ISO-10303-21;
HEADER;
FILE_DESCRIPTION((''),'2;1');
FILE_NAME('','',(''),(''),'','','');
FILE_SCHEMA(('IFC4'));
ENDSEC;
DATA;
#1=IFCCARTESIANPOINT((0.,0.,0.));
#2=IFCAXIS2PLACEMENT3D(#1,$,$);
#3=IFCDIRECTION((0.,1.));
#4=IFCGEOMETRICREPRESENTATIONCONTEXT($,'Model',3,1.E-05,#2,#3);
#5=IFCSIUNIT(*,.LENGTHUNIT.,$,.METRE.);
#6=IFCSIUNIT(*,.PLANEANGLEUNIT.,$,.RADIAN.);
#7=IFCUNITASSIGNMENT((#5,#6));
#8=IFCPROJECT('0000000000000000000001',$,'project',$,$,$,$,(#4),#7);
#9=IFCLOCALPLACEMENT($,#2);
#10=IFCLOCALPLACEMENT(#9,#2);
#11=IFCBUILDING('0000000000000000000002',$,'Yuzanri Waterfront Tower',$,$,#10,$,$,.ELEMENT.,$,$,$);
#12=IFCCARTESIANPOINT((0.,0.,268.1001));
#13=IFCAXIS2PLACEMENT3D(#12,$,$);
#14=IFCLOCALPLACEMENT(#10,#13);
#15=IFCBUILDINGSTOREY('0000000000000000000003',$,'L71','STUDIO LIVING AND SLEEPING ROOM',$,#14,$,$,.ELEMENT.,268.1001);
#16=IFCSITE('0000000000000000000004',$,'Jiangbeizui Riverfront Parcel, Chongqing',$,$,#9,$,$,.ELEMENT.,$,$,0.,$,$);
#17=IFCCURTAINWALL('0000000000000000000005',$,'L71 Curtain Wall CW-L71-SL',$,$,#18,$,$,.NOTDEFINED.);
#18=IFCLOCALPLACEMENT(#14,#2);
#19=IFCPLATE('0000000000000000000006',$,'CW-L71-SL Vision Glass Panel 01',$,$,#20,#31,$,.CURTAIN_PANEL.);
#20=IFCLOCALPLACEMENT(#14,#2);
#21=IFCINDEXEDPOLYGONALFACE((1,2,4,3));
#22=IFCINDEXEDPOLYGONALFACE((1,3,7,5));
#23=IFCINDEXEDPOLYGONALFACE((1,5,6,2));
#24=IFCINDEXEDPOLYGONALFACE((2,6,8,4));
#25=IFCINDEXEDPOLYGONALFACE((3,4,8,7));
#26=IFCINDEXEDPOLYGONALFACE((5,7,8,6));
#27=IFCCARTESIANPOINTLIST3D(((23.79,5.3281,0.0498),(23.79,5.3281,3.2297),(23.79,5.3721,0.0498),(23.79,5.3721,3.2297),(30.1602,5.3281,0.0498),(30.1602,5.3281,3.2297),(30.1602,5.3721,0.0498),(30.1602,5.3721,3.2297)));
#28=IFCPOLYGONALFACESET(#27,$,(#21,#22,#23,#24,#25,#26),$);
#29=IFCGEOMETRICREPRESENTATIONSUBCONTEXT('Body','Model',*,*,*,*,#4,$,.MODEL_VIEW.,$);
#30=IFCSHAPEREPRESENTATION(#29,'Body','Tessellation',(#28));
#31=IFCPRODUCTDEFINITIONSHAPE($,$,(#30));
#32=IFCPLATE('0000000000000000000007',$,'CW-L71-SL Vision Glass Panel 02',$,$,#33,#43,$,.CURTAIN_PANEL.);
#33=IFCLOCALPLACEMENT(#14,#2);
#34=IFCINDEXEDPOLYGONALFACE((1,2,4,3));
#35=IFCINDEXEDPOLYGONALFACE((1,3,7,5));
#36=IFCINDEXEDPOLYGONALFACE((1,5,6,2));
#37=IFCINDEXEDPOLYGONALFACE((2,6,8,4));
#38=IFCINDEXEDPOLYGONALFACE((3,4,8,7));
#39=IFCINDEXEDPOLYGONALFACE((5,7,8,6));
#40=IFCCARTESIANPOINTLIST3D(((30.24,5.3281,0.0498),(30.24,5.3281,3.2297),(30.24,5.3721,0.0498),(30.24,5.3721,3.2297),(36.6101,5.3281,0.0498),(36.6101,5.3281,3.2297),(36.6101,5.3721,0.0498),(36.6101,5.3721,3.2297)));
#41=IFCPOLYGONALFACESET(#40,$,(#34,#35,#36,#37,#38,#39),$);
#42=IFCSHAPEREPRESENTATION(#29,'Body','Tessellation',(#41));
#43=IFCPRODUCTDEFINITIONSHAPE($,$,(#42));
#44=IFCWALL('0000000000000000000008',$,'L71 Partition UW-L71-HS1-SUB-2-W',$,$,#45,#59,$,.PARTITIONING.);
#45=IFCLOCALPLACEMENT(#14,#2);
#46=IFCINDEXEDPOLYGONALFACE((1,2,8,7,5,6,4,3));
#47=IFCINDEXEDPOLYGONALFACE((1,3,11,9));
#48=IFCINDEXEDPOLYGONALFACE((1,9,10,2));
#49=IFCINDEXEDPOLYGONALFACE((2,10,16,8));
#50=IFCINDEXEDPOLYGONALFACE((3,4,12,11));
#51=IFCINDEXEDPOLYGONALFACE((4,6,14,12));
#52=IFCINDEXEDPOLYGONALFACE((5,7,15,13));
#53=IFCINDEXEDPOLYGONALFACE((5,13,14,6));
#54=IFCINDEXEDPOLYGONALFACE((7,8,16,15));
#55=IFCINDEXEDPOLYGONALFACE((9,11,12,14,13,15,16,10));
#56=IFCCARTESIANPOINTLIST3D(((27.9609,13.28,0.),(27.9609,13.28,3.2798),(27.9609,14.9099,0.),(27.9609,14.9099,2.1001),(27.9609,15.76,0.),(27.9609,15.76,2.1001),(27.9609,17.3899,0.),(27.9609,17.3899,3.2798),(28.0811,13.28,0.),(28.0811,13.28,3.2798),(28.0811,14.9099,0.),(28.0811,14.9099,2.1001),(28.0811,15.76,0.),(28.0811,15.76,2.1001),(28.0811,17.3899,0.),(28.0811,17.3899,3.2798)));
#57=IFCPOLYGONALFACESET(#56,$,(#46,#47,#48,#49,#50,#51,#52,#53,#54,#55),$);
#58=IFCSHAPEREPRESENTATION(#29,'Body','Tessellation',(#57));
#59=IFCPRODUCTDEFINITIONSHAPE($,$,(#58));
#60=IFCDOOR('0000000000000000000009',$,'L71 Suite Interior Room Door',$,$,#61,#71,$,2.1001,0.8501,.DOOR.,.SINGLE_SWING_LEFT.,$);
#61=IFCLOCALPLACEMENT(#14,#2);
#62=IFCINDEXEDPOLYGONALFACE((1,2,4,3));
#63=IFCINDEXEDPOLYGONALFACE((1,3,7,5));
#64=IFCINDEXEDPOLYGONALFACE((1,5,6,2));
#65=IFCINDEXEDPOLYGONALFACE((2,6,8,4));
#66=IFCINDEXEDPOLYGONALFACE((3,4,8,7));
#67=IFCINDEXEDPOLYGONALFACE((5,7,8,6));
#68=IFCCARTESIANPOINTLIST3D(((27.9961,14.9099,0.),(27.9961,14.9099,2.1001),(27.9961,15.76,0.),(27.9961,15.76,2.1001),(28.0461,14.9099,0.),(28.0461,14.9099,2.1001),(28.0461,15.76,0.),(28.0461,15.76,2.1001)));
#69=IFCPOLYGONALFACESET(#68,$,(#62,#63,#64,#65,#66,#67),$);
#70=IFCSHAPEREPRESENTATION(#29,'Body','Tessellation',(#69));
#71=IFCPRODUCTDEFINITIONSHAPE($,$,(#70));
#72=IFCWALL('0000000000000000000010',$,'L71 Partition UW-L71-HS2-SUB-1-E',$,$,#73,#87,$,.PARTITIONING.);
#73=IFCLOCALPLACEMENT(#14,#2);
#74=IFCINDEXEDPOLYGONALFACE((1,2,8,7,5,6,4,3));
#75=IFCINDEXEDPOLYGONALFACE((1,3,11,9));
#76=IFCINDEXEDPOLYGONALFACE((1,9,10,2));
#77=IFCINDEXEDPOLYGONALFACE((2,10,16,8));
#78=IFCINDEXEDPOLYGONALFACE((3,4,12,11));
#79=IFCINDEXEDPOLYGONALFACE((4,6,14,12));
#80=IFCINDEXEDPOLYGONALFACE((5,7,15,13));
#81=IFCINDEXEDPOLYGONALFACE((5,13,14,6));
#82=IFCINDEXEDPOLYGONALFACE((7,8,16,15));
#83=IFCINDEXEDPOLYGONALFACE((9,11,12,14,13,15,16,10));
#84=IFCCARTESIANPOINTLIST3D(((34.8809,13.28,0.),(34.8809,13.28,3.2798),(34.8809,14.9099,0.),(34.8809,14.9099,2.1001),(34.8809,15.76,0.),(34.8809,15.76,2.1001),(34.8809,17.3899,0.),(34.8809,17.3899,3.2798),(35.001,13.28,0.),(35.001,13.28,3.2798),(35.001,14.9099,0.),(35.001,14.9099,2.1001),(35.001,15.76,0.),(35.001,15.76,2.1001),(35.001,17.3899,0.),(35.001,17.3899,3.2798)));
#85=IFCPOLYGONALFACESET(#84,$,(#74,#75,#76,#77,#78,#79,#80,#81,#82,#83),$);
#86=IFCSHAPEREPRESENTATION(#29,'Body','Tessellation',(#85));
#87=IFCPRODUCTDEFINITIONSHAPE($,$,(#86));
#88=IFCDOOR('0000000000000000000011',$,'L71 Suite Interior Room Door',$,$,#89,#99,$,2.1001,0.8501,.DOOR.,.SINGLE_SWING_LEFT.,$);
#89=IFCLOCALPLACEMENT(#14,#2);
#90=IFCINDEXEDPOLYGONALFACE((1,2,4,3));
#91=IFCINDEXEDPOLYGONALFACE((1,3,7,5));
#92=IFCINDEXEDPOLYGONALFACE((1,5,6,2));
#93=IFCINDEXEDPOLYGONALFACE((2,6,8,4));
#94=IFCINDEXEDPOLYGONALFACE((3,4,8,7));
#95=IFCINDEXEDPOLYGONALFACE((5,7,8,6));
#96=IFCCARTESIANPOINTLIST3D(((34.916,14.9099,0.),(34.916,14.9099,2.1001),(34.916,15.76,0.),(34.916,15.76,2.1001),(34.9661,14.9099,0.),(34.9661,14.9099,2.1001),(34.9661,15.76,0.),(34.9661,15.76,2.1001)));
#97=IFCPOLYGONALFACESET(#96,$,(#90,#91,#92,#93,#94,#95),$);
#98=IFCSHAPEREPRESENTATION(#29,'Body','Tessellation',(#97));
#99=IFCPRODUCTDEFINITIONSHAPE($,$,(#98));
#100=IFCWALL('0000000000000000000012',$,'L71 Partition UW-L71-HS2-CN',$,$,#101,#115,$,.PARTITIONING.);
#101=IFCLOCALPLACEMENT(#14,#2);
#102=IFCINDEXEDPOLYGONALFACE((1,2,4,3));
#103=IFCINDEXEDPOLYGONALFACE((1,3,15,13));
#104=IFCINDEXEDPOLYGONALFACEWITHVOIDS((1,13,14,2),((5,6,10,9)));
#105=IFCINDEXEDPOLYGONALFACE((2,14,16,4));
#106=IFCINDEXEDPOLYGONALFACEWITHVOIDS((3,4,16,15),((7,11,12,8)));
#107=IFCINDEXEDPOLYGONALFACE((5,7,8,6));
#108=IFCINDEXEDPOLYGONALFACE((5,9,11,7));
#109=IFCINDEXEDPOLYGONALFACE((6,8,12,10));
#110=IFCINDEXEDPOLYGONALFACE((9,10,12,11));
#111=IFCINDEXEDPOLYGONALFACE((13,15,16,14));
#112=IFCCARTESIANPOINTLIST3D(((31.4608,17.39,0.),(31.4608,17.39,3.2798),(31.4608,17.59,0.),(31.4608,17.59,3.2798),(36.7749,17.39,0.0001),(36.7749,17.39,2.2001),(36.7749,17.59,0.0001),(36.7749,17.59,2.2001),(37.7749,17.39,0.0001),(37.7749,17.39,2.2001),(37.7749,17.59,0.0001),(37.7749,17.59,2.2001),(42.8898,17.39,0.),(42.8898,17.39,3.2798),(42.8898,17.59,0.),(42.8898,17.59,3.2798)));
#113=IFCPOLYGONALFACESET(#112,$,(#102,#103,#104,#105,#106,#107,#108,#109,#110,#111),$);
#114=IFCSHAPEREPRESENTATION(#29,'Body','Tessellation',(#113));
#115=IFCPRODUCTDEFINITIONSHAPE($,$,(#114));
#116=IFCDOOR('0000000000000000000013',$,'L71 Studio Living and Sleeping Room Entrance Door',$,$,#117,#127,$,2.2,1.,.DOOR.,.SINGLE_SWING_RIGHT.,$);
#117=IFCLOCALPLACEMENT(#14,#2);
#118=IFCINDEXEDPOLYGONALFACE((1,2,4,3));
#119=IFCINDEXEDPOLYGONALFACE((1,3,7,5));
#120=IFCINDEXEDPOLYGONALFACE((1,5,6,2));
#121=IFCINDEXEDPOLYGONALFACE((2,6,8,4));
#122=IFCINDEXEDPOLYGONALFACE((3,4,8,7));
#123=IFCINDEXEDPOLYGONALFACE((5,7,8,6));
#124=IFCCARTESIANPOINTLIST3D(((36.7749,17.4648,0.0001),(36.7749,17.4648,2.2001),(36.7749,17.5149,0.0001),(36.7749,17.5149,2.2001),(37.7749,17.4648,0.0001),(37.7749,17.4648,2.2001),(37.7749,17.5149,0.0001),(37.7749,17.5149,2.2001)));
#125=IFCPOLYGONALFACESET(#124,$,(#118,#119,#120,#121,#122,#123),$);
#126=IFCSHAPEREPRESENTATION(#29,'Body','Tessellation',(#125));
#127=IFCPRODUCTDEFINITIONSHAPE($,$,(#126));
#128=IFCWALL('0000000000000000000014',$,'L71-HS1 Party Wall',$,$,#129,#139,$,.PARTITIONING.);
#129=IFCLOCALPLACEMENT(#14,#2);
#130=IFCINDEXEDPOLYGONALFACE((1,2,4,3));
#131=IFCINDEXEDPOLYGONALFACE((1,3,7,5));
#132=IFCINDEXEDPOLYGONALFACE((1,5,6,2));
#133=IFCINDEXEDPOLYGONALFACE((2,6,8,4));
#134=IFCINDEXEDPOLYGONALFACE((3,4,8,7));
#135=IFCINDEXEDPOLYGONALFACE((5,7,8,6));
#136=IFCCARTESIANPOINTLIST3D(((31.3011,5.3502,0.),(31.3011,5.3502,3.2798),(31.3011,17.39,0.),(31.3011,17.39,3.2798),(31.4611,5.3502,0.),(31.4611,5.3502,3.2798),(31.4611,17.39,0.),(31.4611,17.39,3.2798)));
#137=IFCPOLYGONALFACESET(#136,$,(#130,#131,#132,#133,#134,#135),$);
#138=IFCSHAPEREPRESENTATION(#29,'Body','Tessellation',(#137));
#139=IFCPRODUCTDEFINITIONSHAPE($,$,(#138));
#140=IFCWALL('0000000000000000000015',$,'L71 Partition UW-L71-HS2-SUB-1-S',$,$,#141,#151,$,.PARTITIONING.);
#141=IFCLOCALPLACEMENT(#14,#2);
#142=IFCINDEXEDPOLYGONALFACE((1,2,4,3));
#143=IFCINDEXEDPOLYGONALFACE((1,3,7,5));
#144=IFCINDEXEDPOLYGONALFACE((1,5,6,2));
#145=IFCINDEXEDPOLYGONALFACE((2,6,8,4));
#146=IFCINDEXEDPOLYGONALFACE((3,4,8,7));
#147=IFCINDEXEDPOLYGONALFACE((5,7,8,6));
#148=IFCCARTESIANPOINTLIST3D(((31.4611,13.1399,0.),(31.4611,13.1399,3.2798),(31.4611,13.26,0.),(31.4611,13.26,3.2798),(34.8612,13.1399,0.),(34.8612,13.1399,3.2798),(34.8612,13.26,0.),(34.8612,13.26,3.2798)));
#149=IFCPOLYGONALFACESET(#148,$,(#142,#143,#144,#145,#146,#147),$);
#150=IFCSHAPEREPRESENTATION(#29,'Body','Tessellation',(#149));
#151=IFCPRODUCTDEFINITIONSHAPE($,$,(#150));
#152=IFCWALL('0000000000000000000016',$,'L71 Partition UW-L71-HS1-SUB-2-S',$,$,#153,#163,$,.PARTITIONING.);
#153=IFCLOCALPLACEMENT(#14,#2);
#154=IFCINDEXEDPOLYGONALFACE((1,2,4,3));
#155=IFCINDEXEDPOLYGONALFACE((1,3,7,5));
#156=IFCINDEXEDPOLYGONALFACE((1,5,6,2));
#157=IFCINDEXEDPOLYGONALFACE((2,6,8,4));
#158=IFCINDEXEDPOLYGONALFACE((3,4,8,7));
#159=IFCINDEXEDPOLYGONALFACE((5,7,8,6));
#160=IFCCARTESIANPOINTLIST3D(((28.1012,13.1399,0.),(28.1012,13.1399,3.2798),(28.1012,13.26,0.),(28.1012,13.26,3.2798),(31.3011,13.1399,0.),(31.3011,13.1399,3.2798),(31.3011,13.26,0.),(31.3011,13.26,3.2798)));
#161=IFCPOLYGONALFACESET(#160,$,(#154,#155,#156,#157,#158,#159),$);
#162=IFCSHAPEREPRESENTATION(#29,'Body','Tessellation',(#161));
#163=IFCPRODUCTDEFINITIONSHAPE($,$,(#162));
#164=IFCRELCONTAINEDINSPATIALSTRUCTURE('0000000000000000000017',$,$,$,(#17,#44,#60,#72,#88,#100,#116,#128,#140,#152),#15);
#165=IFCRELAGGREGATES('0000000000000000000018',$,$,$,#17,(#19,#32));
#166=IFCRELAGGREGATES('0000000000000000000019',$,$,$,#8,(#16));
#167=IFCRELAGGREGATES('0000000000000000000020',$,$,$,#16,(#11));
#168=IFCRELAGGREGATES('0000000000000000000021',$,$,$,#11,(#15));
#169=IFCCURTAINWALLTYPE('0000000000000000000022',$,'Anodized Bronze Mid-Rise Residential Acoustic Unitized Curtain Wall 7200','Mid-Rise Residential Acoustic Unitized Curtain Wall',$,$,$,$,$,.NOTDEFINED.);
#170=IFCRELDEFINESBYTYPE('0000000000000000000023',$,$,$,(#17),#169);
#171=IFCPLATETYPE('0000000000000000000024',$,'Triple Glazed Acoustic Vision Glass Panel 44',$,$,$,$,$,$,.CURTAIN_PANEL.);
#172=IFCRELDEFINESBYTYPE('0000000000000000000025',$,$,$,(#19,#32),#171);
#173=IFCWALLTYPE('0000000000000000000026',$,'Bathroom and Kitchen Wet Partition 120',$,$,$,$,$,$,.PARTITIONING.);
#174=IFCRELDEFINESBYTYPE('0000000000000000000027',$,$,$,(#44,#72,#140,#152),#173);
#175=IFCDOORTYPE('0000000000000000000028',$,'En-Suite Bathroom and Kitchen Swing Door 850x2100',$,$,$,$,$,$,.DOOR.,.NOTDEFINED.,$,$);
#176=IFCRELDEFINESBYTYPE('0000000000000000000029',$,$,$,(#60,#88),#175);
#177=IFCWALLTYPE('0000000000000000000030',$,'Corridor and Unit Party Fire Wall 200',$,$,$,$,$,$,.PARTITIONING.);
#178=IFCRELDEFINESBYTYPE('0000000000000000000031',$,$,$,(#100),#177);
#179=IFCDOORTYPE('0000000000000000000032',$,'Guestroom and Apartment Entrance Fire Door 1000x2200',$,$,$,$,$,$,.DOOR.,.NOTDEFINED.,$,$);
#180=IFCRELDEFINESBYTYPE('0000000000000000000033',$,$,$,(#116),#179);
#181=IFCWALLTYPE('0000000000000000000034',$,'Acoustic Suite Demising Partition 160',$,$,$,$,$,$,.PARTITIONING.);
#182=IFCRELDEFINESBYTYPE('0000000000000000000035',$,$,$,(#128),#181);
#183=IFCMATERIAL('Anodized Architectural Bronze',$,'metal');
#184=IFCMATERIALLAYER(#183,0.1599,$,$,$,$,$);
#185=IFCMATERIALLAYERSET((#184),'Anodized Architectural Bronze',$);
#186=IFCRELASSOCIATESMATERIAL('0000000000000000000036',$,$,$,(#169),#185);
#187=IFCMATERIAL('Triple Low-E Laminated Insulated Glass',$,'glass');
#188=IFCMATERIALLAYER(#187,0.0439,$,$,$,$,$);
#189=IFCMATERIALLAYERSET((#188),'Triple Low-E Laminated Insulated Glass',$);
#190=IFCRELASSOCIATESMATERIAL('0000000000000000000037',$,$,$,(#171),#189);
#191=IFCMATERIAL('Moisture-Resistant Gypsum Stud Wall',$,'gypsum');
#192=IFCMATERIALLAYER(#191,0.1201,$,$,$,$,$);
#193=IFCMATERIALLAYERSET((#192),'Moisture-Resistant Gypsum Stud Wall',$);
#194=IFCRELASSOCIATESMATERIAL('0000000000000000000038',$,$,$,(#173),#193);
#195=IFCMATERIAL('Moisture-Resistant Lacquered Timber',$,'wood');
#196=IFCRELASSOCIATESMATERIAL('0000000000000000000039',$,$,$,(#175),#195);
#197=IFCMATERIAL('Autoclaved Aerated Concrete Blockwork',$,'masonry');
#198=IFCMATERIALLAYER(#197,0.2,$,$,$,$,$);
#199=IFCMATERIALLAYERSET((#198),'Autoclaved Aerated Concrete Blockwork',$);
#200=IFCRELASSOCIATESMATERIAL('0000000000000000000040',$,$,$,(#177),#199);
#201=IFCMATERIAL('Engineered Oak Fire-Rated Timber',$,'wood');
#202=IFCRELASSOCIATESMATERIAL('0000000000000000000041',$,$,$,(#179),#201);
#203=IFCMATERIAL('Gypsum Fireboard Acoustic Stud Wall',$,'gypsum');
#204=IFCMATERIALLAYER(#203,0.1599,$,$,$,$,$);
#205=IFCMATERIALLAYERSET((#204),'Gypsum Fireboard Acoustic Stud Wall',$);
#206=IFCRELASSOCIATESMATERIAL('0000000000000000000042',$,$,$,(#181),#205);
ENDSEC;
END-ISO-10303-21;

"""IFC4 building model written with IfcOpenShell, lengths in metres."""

from ifc_helpers import new_model, si_unit, direction, frame, frame_2d, origin, origin_2d, place, context, subcontext, project, spatial, rectangle, extrude, source, transform, mapped, material, layer, layer_set, type_object, element, fill, aggregate, save


model = new_model("IFC4")

# Units and contexts
model_context = context("Model", 3, precision=1e-05, world=origin(), true_north=direction((0.0, 1.0)))
body_context = subcontext(model_context, "Body", "Model", "MODEL_VIEW")
ifc_project = project(units=[si_unit("LENGTHUNIT", "METRE"), si_unit("PLANEANGLEUNIT", "RADIAN")], contexts=[model_context])

# Site, building, storey
site_placement = place(None, origin())
site = spatial("IfcSite", under=ifc_project, at=site_placement, Name="Jiangbeizui Riverfront Parcel, Chongqing", CompositionType="ELEMENT", RefElevation=0.0)
building_placement = place(site_placement, origin())
building = spatial("IfcBuilding", under=site, at=building_placement, Name="Yuzanri Waterfront Tower", CompositionType="ELEMENT")
storey_placement = place(building_placement, frame((0.0, 0.0, 268.1001)))
storey = spatial("IfcBuildingStorey", under=building, at=storey_placement, Name="L71", Description="STUDIO LIVING AND SLEEPING ROOM", CompositionType="ELEMENT", Elevation=268.1001)

# Curtain wall, plates
ifc_material_1 = material(Name="Anodized Architectural Bronze", Category="metal")
ifc_layer_1 = layer(ifc_material_1, 0.1599)
ifc_layer_set_1 = layer_set([ifc_layer_1], Name="Anodized Architectural Bronze")
curtain_wall_type = type_object("IfcCurtainWallType", Name="Anodized Bronze Mid-Rise Residential Acoustic Unitized Curtain Wall 7200", Description="Mid-Rise Residential Acoustic Unitized Curtain Wall", PredefinedType="NOTDEFINED", material=ifc_layer_set_1)
curtain_wall_placement = place(storey_placement, origin())
curtain_wall = element("IfcCurtainWall", 1, at=curtain_wall_placement, inside=storey, type_object=curtain_wall_type, Name="L71 Curtain Wall CW-L71-SL", PredefinedType="NOTDEFINED")
ifc_material_2 = material(Name="Triple Low-E Laminated Insulated Glass", Category="glass")
ifc_layer_2 = layer(ifc_material_2, 0.0439)
ifc_layer_set_2 = layer_set([ifc_layer_2], Name="Triple Low-E Laminated Insulated Glass")
plate_type = type_object("IfcPlateType", Name="Triple Glazed Acoustic Vision Glass Panel 44", PredefinedType="CURTAIN_PANEL", material=ifc_layer_set_2)
shared_shape_1 = source(origin(), body_context, "Body", "SweptSolid", [
    extrude(rectangle(XDim=6.3701, YDim=0.0439, at=origin_2d()), origin(), (0.0, 0.0, 1.0), 3.1799),
])
plate_1_placement = place(storey_placement, frame((26.9751, 5.3501, 0.0498), z_axis=(0.0, 0.0, 1.0), x_axis=(1.0, 0.0, 0.0)))
plate_1 = element("IfcPlate", 2, at=plate_1_placement, type_object=plate_type, Name="CW-L71-SL Vision Glass Panel 01", PredefinedType="CURTAIN_PANEL", context=body_context, shape_type="MappedRepresentation", body=[
    mapped(shared_shape_1, transform((0.0, 0.0, 0.0), scale=1.0)),
])
plate_2_placement = place(storey_placement, frame((33.425, 5.3501, 0.0498), z_axis=(0.0, 0.0, 1.0), x_axis=(1.0, 0.0, 0.0)))
plate_2 = element("IfcPlate", 3, at=plate_2_placement, type_object=plate_type, Name="CW-L71-SL Vision Glass Panel 02", PredefinedType="CURTAIN_PANEL", context=body_context, shape_type="MappedRepresentation", body=[
    mapped(shared_shape_1, transform((0.0, 0.0, 0.0), scale=1.0)),
])
aggregate(curtain_wall, [plate_1, plate_2])

# Walls, openings, doors
ifc_material_3 = material(Name="Moisture-Resistant Gypsum Stud Wall", Category="gypsum")
ifc_layer_3 = layer(ifc_material_3, 0.1201)
ifc_layer_set_3 = layer_set([ifc_layer_3], Name="Moisture-Resistant Gypsum Stud Wall")
wall_type_1 = type_object("IfcWallType", Name="Bathroom and Kitchen Wet Partition 120", PredefinedType="PARTITIONING", material=ifc_layer_set_3)
wall_1_placement = place(storey_placement, frame((28.021, 13.28, 0.0), z_axis=(0.0, 0.0, 1.0), x_axis=(0.0, 1.0, 0.0)))
wall_1 = element("IfcWall", 4, at=wall_1_placement, inside=storey, type_object=wall_type_1, Name="L71 Partition UW-L71-HS1-SUB-2-W", PredefinedType="PARTITIONING", context=body_context, shape_type="SweptSolid", body=[
    extrude(rectangle(XDim=4.1099, YDim=0.1201, at=frame_2d((2.0549, 0.0))), origin(), (0.0, 0.0, 1.0), 3.2798),
])
opening_1_placement = place(wall_1_placement, frame((1.6299, 0.0, 0.0)))
opening_1 = element("IfcOpeningElement", 5, at=opening_1_placement, cuts=wall_1, PredefinedType="OPENING", context=body_context, shape_type="SweptSolid", body=[
    extrude(rectangle(XDim=0.8501, YDim=2.1001, at=frame_2d((0.425, 1.05))), frame((0.0, 0.075, 0.0), z_axis=(0.0, -1.0, 0.0), x_axis=(1.0, 0.0, 0.0)), (0.0, 0.0, 1.0), 0.1499),
])
ifc_material_4 = material(Name="Moisture-Resistant Lacquered Timber", Category="wood")
door_type_1 = type_object("IfcDoorType", Name="En-Suite Bathroom and Kitchen Swing Door 850x2100", OperationType="NOTDEFINED", PredefinedType="DOOR", material=ifc_material_4)
shared_shape_2 = source(origin(), body_context, "Body", "SweptSolid", [
    extrude(rectangle(XDim=0.8501, YDim=2.1001, at=frame_2d((0.425, 1.05))), frame((0.0, 0.0249, 0.0), z_axis=(0.0, -1.0, 0.0), x_axis=(1.0, 0.0, 0.0)), (0.0, 0.0, 1.0), 0.05),
])
door_1_placement = place(opening_1_placement, origin())
door_1 = element("IfcDoor", 6, at=door_1_placement, inside=storey, type_object=door_type_1, Name="L71 Suite Interior Room Door", OperationType="SINGLE_SWING_LEFT", OverallHeight=2.1001, OverallWidth=0.8501, PredefinedType="DOOR", context=body_context, shape_type="MappedRepresentation", body=[
    mapped(shared_shape_2, transform((0.0, 0.0, 0.0), scale=1.0)),
])
fill(opening_1, door_1)
wall_2_placement = place(storey_placement, frame((34.9409, 13.28, 0.0), z_axis=(0.0, 0.0, 1.0), x_axis=(0.0, 1.0, 0.0)))
wall_2 = element("IfcWall", 7, at=wall_2_placement, inside=storey, type_object=wall_type_1, Name="L71 Partition UW-L71-HS2-SUB-1-E", PredefinedType="PARTITIONING", context=body_context, shape_type="SweptSolid", body=[
    extrude(rectangle(XDim=4.1099, YDim=0.1201, at=frame_2d((2.0549, 0.0))), origin(), (0.0, 0.0, 1.0), 3.2798),
])
opening_2_placement = place(wall_2_placement, frame((1.6299, 0.0, 0.0)))
opening_2 = element("IfcOpeningElement", 8, at=opening_2_placement, cuts=wall_2, PredefinedType="OPENING", context=body_context, shape_type="SweptSolid", body=[
    extrude(rectangle(XDim=0.8501, YDim=2.1001, at=frame_2d((0.425, 1.05))), frame((0.0, 0.075, 0.0), z_axis=(0.0, -1.0, 0.0), x_axis=(1.0, 0.0, 0.0)), (0.0, 0.0, 1.0), 0.1499),
])
door_2_placement = place(opening_2_placement, origin())
door_2 = element("IfcDoor", 9, at=door_2_placement, inside=storey, type_object=door_type_1, Name="L71 Suite Interior Room Door", OperationType="SINGLE_SWING_LEFT", OverallHeight=2.1001, OverallWidth=0.8501, PredefinedType="DOOR", context=body_context, shape_type="MappedRepresentation", body=[
    mapped(shared_shape_2, transform((0.0, 0.0, 0.0), scale=1.0)),
])
fill(opening_2, door_2)
ifc_material_5 = material(Name="Autoclaved Aerated Concrete Blockwork", Category="masonry")
ifc_layer_4 = layer(ifc_material_5, 0.2)
ifc_layer_set_4 = layer_set([ifc_layer_4], Name="Autoclaved Aerated Concrete Blockwork")
wall_type_2 = type_object("IfcWallType", Name="Corridor and Unit Party Fire Wall 200", PredefinedType="PARTITIONING", material=ifc_layer_set_4)
wall_3_placement = place(storey_placement, frame((31.4609, 17.49, 0.0), z_axis=(0.0, 0.0, 1.0), x_axis=(1.0, 0.0, 0.0)))
wall_3 = element("IfcWall", 10, at=wall_3_placement, inside=storey, type_object=wall_type_2, Name="L71 Partition UW-L71-HS2-CN", PredefinedType="PARTITIONING", context=body_context, shape_type="SweptSolid", body=[
    extrude(rectangle(XDim=11.429, YDim=0.2, at=frame_2d((5.7144, 0.0))), origin(), (0.0, 0.0, 1.0), 3.2798),
])
opening_3_placement = place(wall_3_placement, frame((5.314, 0.0, 0.0)))
opening_3 = element("IfcOpeningElement", 11, at=opening_3_placement, cuts=wall_3, PredefinedType="OPENING", context=body_context, shape_type="SweptSolid", body=[
    extrude(rectangle(XDim=1.0, YDim=2.2, at=frame_2d((0.5, 1.1001))), frame((0.0, 0.1147, 0.0), z_axis=(0.0, -1.0, 0.0), x_axis=(1.0, 0.0, 0.0)), (0.0, 0.0, 1.0), 0.2297),
])
ifc_material_6 = material(Name="Engineered Oak Fire-Rated Timber", Category="wood")
door_type_2 = type_object("IfcDoorType", Name="Guestroom and Apartment Entrance Fire Door 1000x2200", OperationType="NOTDEFINED", PredefinedType="DOOR", material=ifc_material_6)
shared_shape_3 = source(origin(), body_context, "Body", "SweptSolid", [
    extrude(rectangle(XDim=1.0, YDim=2.2, at=frame_2d((0.5, 1.1001))), frame((0.0, 0.0249, 0.0), z_axis=(0.0, -1.0, 0.0), x_axis=(1.0, 0.0, 0.0)), (0.0, 0.0, 1.0), 0.05),
])
door_3_placement = place(opening_3_placement, origin())
door_3 = element("IfcDoor", 12, at=door_3_placement, inside=storey, type_object=door_type_2, Name="L71 Studio Living and Sleeping Room Entrance Door", OperationType="SINGLE_SWING_RIGHT", OverallHeight=2.2, OverallWidth=1.0, PredefinedType="DOOR", context=body_context, shape_type="MappedRepresentation", body=[
    mapped(shared_shape_3, transform((0.0, 0.0, 0.0), scale=1.0)),
])
fill(opening_3, door_3)

# Walls
ifc_material_7 = material(Name="Gypsum Fireboard Acoustic Stud Wall", Category="gypsum")
ifc_layer_5 = layer(ifc_material_7, 0.1599)
ifc_layer_set_5 = layer_set([ifc_layer_5], Name="Gypsum Fireboard Acoustic Stud Wall")
wall_type_3 = type_object("IfcWallType", Name="Acoustic Suite Demising Partition 160", PredefinedType="PARTITIONING", material=ifc_layer_set_5)
shared_shape_4 = source(origin(), body_context, "Body", "SweptSolid", [
    extrude(rectangle(XDim=12.0398, YDim=0.1599, at=frame_2d((6.02, 0.0))), origin(), (0.0, 0.0, 1.0), 3.2798),
])
wall_4_placement = place(storey_placement, frame((31.3811, 5.3501, 0.0), z_axis=(0.0, 0.0, 1.0), x_axis=(0.0, 1.0, 0.0)))
element("IfcWall", 13, at=wall_4_placement, inside=storey, type_object=wall_type_3, Name="L71-HS1 Party Wall", PredefinedType="PARTITIONING", context=body_context, shape_type="MappedRepresentation", body=[
    mapped(shared_shape_4, transform((0.0, 0.0, 0.0), scale=1.0)),
])
shared_shape_5 = source(origin(), body_context, "Body", "SweptSolid", [
    extrude(rectangle(XDim=3.4001, YDim=0.1201, at=frame_2d((1.7002, 0.0))), origin(), (0.0, 0.0, 1.0), 3.2798),
])
wall_5_placement = place(storey_placement, frame((31.4609, 13.2, 0.0), z_axis=(0.0, 0.0, 1.0), x_axis=(1.0, 0.0, 0.0)))
element("IfcWall", 14, at=wall_5_placement, inside=storey, type_object=wall_type_1, Name="L71 Partition UW-L71-HS2-SUB-1-S", PredefinedType="PARTITIONING", context=body_context, shape_type="MappedRepresentation", body=[
    mapped(shared_shape_5, transform((0.0, 0.0, 0.0), scale=1.0)),
])
shared_shape_6 = source(origin(), body_context, "Body", "SweptSolid", [
    extrude(rectangle(XDim=3.2, YDim=0.1201, at=frame_2d((1.6001, 0.0))), origin(), (0.0, 0.0, 1.0), 3.2798),
])
wall_6_placement = place(storey_placement, frame((28.1011, 13.2, 0.0), z_axis=(0.0, 0.0, 1.0), x_axis=(1.0, 0.0, 0.0)))
element("IfcWall", 15, at=wall_6_placement, inside=storey, type_object=wall_type_1, Name="L71 Partition UW-L71-HS1-SUB-2-S", PredefinedType="PARTITIONING", context=body_context, shape_type="MappedRepresentation", body=[
    mapped(shared_shape_6, transform((0.0, 0.0, 0.0), scale=1.0)),
])

save(model, "model.ifc")
